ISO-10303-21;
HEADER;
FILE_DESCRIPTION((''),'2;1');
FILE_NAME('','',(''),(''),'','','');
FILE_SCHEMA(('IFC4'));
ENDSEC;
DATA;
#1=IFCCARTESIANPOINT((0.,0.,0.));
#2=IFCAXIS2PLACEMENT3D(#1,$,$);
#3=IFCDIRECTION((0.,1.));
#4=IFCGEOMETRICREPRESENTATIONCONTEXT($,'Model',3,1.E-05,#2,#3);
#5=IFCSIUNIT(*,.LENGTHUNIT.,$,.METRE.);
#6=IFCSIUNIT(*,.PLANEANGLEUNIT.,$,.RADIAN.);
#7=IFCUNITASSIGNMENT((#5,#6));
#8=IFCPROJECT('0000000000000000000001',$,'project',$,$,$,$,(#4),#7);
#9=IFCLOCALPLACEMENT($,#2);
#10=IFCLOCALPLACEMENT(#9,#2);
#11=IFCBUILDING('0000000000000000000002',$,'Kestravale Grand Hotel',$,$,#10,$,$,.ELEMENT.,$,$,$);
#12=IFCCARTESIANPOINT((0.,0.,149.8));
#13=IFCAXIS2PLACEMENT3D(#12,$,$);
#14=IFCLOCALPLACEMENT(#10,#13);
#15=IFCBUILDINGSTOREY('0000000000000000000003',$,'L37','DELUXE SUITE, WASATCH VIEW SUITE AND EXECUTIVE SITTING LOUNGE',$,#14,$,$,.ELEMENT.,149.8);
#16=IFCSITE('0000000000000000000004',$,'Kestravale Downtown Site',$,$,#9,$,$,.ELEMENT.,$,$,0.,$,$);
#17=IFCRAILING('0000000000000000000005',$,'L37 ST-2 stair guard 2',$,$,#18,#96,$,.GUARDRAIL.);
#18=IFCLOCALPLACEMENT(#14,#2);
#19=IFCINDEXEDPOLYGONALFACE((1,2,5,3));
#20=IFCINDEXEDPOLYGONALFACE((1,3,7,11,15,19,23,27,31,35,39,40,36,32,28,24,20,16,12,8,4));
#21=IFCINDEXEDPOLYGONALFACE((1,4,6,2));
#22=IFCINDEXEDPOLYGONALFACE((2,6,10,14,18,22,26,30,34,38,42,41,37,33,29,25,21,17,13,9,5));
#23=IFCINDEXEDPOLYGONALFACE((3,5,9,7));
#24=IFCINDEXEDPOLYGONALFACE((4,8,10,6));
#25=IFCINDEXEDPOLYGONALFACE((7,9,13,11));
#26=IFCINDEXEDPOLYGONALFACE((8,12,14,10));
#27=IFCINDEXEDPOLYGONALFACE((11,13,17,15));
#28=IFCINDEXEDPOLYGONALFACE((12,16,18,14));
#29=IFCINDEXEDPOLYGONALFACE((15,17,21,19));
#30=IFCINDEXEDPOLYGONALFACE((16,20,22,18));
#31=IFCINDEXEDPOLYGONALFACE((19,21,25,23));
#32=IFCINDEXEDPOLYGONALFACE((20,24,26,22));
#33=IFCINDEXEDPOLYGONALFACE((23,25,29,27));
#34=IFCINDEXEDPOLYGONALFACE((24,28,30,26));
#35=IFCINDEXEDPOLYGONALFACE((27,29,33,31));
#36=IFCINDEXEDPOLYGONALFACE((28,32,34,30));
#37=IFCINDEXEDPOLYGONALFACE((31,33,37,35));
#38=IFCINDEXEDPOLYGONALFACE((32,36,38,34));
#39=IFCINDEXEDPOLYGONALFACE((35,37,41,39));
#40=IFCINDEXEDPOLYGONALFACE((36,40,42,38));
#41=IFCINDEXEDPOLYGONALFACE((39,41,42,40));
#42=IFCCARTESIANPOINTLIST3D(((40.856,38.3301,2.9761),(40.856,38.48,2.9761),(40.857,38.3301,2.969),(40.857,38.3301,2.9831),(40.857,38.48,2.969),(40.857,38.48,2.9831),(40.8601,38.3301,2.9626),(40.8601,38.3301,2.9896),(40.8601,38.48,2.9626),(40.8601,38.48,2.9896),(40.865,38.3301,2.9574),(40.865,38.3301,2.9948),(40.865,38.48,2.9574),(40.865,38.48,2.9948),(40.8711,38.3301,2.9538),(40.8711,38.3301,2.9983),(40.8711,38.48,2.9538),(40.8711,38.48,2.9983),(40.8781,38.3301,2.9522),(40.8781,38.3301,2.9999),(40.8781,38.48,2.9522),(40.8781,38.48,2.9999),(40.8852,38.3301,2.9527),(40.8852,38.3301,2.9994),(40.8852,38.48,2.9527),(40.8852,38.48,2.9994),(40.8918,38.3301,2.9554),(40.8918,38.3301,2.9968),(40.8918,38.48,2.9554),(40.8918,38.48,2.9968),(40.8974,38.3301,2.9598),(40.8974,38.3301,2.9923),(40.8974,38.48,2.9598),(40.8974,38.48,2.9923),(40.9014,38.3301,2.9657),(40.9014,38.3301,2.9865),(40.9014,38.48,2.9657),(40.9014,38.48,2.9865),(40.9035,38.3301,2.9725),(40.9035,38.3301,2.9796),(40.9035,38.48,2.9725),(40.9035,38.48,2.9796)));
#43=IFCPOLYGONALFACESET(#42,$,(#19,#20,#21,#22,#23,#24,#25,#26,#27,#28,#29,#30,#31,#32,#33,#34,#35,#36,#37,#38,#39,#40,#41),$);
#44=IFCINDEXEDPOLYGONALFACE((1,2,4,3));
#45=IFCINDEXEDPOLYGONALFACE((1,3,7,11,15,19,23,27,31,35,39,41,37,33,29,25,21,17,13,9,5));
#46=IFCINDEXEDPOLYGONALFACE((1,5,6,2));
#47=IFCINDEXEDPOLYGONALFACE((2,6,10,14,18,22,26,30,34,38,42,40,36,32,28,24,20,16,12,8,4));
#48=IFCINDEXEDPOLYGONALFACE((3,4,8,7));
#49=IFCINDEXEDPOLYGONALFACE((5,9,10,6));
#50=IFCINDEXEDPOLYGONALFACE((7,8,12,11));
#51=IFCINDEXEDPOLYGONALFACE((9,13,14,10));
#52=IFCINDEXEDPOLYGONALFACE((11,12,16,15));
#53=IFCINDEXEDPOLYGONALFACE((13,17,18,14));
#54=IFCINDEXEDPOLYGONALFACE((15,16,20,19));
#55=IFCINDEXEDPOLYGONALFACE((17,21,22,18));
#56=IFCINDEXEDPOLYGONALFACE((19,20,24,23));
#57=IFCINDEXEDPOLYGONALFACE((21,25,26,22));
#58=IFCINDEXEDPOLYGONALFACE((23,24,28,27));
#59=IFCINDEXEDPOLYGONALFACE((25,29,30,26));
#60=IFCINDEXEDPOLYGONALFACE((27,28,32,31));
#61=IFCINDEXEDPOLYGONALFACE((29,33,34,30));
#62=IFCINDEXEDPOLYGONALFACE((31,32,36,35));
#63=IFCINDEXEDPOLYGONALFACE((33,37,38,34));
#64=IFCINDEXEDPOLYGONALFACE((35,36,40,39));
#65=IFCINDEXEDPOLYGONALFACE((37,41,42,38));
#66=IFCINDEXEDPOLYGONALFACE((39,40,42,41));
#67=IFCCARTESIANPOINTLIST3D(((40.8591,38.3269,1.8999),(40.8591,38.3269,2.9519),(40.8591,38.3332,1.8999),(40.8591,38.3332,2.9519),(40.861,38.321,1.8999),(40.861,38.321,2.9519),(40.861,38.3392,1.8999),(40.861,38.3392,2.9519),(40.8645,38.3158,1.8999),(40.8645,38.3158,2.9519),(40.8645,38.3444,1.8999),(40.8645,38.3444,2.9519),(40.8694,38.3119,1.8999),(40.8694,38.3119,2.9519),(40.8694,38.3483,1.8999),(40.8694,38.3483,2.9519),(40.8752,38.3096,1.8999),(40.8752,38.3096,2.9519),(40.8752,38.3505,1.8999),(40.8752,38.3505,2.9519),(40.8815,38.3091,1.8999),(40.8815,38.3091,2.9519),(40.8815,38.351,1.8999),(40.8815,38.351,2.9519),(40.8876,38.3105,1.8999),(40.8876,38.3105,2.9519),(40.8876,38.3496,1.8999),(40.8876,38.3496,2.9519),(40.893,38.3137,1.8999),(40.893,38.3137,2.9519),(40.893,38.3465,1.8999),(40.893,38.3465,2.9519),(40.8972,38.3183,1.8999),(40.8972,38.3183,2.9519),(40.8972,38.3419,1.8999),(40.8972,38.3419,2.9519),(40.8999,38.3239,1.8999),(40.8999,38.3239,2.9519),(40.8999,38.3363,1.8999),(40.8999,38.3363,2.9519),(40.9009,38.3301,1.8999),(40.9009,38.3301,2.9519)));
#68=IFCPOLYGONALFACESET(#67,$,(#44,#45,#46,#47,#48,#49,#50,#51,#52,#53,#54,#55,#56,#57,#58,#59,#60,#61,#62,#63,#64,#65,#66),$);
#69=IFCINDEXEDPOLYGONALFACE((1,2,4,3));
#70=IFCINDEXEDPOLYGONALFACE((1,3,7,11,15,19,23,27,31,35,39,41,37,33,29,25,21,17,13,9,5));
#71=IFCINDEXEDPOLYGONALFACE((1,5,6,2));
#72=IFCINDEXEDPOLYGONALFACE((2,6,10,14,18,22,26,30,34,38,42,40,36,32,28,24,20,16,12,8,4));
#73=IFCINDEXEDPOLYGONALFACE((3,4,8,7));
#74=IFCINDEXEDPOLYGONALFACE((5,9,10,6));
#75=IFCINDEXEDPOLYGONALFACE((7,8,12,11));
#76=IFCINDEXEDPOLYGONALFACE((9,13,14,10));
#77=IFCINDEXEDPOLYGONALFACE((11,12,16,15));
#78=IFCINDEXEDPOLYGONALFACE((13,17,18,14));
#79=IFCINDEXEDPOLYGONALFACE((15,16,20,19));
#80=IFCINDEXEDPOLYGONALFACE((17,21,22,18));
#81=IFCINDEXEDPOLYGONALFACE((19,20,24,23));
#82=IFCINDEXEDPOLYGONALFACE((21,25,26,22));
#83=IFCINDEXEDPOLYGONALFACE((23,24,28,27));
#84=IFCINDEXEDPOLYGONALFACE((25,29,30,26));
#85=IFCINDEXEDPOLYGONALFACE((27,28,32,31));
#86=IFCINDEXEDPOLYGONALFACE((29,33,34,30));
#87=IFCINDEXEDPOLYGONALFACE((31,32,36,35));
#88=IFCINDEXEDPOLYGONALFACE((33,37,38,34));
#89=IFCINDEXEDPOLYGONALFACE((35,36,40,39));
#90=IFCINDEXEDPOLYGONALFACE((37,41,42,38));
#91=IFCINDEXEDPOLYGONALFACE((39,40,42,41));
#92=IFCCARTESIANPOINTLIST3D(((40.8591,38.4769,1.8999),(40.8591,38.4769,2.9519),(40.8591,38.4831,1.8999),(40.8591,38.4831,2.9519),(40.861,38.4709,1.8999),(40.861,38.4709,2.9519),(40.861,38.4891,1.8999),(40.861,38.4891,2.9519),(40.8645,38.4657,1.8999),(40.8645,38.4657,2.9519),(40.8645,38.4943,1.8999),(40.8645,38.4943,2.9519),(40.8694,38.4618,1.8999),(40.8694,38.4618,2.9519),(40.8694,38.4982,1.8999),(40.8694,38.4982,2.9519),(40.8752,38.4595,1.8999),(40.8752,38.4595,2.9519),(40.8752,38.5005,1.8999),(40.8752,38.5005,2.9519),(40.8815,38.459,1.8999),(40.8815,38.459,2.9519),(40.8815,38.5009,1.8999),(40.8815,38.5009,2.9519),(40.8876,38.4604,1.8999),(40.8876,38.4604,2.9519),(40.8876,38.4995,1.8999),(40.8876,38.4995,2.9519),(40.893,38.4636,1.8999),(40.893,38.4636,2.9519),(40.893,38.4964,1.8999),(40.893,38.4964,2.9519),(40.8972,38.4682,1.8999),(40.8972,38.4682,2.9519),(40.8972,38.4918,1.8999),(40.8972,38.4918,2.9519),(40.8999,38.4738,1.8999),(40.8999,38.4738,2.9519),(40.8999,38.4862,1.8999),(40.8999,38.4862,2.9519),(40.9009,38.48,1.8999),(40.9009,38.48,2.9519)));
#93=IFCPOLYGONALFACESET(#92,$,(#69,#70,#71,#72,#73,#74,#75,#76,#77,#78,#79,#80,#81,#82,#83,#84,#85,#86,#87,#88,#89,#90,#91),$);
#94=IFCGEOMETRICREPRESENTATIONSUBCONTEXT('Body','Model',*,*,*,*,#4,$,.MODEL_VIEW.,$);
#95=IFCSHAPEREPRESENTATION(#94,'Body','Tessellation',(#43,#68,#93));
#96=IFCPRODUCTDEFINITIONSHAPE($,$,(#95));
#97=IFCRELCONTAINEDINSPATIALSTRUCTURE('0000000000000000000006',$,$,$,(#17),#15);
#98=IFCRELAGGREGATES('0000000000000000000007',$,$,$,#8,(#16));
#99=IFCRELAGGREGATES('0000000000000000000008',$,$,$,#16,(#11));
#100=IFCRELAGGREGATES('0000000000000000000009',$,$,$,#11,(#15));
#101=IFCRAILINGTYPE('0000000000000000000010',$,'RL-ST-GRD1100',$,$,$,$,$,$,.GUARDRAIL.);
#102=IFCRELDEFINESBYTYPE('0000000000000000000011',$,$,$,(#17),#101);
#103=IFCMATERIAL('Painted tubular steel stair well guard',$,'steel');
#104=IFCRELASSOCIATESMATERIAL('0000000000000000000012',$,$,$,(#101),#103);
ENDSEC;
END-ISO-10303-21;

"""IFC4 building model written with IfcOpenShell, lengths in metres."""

from ifc_helpers import new_model, si_unit, direction, frame, origin, origin_2d, place, context, subcontext, project, spatial, circle, extrude, material, type_object, element, save


model = new_model("IFC4")

# Units and contexts
model_context = context("Model", 3, precision=1e-05, world=origin(), true_north=direction((0.0, 1.0)))
body_context = subcontext(model_context, "Body", "Model", "MODEL_VIEW")
ifc_project = project(units=[si_unit("LENGTHUNIT", "METRE"), si_unit("PLANEANGLEUNIT", "RADIAN")], contexts=[model_context])

# Site, building, storey
site_placement = place(None, origin())
site = spatial("IfcSite", under=ifc_project, at=site_placement, Name="Kestravale Downtown Site", CompositionType="ELEMENT", RefElevation=0.0)
building_placement = place(site_placement, origin())
building = spatial("IfcBuilding", under=site, at=building_placement, Name="Kestravale Grand Hotel", CompositionType="ELEMENT")
storey_placement = place(building_placement, frame((0.0, 0.0, 149.8)))
storey = spatial("IfcBuildingStorey", under=building, at=storey_placement, Name="L37", Description="DELUXE SUITE, WASATCH VIEW SUITE AND EXECUTIVE SITTING LOUNGE", CompositionType="ELEMENT", Elevation=149.8)

# Railing
ifc_material_1 = material(Name="Painted tubular steel stair well guard", Category="steel")
railing_type_1 = type_object("IfcRailingType", Name="RL-ST-GRD1100", PredefinedType="GUARDRAIL", material=ifc_material_1)
railing_1_placement = place(storey_placement, frame((40.8799, 38.3301, 1.8999)))
element("IfcRailing", 1, at=railing_1_placement, inside=storey, type_object=railing_type_1, Name="L37 ST-2 stair guard 2", PredefinedType="GUARDRAIL", context=body_context, shape_type="SweptSolid", body=[
    extrude(circle(Radius=0.0239, at=origin_2d()), frame((0.0, 0.0, 1.0762), z_axis=(0.0, 1.0, 0.0), x_axis=(-1.0, 0.0, 0.0)), (0.0, 0.0, 1.0), 0.1499),
    extrude(circle(Radius=0.021, at=origin_2d()), origin(), (0.0, 0.0, 1.0), 1.052),
    extrude(circle(Radius=0.021, at=origin_2d()), frame((0.0, 0.1499, 0.0)), (0.0, 0.0, 1.0), 1.052),
])

save(model, "model.ifc")
